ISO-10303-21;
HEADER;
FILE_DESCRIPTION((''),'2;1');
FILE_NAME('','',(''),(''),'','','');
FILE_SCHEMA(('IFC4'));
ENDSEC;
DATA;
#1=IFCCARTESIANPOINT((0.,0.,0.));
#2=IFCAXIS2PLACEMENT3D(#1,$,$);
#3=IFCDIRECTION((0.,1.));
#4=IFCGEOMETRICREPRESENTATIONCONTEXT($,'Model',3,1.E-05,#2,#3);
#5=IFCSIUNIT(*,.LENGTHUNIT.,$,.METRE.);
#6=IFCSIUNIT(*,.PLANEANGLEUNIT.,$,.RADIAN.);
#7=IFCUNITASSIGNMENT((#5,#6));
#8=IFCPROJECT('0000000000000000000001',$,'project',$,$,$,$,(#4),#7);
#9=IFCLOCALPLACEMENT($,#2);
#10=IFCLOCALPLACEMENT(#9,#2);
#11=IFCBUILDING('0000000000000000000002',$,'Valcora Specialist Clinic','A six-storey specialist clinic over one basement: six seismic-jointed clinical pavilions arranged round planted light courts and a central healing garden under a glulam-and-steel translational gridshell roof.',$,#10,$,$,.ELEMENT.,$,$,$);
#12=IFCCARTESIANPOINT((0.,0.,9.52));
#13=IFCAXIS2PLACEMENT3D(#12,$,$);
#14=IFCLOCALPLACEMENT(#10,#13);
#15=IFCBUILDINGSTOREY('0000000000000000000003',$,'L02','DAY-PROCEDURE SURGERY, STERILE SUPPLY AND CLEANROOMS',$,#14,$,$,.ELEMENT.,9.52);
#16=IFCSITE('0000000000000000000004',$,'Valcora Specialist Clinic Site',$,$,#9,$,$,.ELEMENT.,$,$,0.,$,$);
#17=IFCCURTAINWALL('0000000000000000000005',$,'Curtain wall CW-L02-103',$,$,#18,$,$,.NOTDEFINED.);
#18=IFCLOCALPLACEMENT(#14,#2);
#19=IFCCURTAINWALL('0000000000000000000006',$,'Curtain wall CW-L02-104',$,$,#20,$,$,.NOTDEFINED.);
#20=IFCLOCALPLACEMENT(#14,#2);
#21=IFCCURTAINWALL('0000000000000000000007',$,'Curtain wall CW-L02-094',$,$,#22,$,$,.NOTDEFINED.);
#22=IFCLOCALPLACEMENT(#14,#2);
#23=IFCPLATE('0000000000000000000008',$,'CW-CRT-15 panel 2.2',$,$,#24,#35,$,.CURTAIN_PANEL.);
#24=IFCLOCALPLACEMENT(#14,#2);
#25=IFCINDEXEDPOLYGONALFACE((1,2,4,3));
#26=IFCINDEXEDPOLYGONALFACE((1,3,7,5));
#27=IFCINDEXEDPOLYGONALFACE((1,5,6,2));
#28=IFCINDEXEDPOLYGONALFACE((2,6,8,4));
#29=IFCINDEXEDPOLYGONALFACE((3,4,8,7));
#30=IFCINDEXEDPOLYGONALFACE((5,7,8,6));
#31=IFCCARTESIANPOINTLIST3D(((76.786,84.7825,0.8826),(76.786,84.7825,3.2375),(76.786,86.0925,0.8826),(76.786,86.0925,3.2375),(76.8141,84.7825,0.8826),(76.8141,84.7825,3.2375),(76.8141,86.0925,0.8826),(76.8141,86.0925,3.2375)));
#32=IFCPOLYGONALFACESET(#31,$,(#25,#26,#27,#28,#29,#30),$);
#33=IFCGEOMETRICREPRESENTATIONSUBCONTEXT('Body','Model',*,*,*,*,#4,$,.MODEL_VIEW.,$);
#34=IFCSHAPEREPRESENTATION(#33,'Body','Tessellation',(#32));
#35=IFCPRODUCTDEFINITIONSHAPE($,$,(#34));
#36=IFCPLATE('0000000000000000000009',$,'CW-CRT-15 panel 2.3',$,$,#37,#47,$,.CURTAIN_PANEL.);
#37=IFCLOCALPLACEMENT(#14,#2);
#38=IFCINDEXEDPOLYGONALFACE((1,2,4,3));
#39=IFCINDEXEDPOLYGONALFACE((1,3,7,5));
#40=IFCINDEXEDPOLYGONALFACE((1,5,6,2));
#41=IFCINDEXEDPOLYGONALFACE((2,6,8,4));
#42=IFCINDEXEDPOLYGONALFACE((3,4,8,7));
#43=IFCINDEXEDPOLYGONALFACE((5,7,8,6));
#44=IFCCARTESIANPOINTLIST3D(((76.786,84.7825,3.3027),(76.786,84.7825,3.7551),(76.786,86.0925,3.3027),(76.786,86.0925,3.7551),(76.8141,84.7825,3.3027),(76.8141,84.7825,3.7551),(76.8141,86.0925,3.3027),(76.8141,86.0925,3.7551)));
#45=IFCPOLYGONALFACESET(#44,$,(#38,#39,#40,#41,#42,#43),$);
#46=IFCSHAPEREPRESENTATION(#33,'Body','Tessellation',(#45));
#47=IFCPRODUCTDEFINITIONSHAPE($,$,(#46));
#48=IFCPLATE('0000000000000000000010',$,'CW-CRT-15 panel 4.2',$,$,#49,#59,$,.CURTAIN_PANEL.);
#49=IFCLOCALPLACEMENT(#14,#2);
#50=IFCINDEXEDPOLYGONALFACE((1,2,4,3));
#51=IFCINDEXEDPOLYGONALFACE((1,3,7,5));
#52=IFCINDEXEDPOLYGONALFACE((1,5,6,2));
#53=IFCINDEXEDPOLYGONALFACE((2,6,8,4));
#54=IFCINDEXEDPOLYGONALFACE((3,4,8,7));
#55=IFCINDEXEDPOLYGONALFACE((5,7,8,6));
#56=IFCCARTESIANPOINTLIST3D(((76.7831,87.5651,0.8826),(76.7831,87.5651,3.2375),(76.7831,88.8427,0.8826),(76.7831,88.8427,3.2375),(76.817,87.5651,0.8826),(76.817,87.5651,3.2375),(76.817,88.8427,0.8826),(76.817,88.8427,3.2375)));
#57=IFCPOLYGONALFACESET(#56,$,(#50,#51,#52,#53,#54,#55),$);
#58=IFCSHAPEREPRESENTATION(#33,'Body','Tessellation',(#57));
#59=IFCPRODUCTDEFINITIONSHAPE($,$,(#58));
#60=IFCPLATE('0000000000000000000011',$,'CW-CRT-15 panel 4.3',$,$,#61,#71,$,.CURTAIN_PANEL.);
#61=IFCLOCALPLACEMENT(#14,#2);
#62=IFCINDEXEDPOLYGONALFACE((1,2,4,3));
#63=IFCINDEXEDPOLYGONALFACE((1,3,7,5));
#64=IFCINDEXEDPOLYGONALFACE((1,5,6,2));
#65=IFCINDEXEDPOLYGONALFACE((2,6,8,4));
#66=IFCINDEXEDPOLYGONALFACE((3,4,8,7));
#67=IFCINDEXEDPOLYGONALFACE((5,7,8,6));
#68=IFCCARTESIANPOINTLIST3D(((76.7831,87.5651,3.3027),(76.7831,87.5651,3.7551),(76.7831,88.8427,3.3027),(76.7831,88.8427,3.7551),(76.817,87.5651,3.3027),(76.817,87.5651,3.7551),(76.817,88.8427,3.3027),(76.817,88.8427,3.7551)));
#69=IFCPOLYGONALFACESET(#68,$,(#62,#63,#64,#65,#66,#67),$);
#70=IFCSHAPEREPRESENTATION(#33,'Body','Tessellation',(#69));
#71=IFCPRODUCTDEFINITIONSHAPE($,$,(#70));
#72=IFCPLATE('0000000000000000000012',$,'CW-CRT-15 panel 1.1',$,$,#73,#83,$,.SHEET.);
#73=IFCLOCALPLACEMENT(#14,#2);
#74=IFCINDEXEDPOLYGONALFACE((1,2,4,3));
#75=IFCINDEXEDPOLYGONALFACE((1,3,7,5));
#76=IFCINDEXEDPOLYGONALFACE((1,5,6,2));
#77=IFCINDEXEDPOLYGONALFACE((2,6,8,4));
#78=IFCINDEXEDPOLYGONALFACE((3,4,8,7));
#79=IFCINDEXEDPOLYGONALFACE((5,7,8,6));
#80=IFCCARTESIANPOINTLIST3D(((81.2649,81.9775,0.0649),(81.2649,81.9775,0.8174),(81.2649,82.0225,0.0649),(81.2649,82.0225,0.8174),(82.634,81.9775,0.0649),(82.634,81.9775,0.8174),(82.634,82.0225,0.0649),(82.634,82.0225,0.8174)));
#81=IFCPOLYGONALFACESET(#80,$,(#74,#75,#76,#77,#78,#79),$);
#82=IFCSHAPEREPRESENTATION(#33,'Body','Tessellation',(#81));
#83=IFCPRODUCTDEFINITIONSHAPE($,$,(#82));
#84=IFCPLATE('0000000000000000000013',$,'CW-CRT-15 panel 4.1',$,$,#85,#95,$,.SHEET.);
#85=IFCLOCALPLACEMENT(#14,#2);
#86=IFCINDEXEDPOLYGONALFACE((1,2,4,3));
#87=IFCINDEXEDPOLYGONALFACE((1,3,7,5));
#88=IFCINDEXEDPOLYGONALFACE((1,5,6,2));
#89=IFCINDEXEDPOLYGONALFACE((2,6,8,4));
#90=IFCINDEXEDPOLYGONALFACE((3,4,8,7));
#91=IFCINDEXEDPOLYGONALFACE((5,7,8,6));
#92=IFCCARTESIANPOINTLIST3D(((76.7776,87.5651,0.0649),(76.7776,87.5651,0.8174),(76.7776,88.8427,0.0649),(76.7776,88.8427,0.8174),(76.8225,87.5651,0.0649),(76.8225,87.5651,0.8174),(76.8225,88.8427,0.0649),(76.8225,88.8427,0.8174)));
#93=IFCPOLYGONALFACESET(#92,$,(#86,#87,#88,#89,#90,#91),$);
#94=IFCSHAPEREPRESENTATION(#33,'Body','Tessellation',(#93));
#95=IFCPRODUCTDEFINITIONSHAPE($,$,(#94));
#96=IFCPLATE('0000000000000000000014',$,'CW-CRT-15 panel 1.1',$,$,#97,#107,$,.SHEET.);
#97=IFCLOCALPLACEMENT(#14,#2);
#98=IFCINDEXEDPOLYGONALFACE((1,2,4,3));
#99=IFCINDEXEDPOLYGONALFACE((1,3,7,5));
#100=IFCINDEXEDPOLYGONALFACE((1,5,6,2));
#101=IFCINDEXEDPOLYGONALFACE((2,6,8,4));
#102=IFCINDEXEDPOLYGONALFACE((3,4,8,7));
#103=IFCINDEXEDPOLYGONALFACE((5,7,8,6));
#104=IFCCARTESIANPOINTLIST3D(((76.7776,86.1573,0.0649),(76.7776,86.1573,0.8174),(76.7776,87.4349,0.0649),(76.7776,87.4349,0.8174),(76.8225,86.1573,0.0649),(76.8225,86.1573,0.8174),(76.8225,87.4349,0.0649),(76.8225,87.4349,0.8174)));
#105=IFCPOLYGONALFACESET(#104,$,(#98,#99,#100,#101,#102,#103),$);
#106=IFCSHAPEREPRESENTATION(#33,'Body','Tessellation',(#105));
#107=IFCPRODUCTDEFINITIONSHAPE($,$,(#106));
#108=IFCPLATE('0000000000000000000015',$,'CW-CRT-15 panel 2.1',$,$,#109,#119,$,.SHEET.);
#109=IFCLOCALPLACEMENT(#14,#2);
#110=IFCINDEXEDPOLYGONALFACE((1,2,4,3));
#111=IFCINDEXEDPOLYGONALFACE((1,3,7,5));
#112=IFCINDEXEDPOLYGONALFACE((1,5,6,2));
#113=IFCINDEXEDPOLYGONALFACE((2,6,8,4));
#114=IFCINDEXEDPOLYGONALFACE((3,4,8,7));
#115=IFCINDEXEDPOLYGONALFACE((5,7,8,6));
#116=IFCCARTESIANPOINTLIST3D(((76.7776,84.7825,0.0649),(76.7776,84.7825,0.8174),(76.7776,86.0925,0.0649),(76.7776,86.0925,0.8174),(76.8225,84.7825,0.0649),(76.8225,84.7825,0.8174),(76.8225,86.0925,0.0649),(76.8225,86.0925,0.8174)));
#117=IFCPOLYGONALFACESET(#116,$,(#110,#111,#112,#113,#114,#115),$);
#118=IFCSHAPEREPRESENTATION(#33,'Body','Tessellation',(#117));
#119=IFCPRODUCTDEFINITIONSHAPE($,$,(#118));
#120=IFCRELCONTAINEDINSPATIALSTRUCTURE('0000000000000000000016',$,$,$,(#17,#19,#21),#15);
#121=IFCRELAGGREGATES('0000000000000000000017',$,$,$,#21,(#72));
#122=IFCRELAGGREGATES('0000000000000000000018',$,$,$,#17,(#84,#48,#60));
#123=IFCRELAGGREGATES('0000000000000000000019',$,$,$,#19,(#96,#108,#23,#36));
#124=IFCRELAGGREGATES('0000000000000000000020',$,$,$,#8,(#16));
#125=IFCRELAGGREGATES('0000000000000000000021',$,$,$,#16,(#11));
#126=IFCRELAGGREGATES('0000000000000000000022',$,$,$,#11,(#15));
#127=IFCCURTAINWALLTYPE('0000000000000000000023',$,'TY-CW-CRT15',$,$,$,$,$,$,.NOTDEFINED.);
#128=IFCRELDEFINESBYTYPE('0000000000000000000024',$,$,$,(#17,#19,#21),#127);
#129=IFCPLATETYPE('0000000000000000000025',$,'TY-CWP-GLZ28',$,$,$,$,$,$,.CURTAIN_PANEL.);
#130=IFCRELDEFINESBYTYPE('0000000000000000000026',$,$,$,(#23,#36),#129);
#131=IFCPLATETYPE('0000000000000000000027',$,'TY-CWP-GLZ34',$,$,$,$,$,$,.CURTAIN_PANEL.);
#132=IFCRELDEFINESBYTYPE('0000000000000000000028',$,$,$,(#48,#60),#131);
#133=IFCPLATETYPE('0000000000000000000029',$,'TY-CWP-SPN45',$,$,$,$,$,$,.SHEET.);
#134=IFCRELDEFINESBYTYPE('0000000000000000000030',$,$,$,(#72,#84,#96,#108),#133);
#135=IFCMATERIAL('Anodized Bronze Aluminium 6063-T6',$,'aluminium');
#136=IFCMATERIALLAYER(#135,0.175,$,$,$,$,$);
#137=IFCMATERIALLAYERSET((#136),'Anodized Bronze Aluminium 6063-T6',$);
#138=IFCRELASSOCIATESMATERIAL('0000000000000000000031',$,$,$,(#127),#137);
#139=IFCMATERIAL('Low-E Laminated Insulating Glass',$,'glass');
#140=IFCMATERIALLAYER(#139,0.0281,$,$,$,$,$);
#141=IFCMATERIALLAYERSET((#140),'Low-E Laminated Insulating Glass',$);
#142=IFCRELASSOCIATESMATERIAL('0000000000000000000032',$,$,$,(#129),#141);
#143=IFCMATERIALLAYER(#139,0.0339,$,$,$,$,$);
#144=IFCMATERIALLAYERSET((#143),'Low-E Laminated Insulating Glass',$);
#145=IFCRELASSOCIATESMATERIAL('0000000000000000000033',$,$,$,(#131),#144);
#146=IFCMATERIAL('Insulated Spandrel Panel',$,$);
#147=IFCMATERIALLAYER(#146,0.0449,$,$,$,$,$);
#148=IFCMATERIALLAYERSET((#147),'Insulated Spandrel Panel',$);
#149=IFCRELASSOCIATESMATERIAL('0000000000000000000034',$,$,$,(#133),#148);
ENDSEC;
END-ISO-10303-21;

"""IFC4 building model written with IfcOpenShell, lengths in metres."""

from ifc_helpers import new_model, si_unit, direction, frame, origin, origin_2d, place, context, subcontext, project, spatial, rectangle, extrude, material, layer, layer_set, type_object, element, aggregate, save


model = new_model("IFC4")

# Units and contexts
model_context = context("Model", 3, precision=1e-05, world=origin(), true_north=direction((0.0, 1.0)))
body_context = subcontext(model_context, "Body", "Model", "MODEL_VIEW")
ifc_project = project(units=[si_unit("LENGTHUNIT", "METRE"), si_unit("PLANEANGLEUNIT", "RADIAN")], contexts=[model_context])

# Site, building, storey
site_placement = place(None, origin())
site = spatial("IfcSite", under=ifc_project, at=site_placement, Name="Valcora Specialist Clinic Site", CompositionType="ELEMENT", RefElevation=0.0)
building_placement = place(site_placement, origin())
building = spatial("IfcBuilding", under=site, at=building_placement, Name="Valcora Specialist Clinic", Description="A six-storey specialist clinic over one basement: six seismic-jointed clinical pavilions arranged round planted light courts and a central healing garden under a glulam-and-steel translational gridshell roof.", CompositionType="ELEMENT")
storey_placement = place(building_placement, frame((0.0, 0.0, 9.52)))
storey = spatial("IfcBuildingStorey", under=building, at=storey_placement, Name="L02", Description="DAY-PROCEDURE SURGERY, STERILE SUPPLY AND CLEANROOMS", CompositionType="ELEMENT", Elevation=9.52)

# Curtain walls
ifc_material_1 = material(Name="Anodized Bronze Aluminium 6063-T6", Category="aluminium")
ifc_layer_1 = layer(ifc_material_1, 0.175)
ifc_layer_set_1 = layer_set([ifc_layer_1], Name="Anodized Bronze Aluminium 6063-T6")
curtain_wall_type = type_object("IfcCurtainWallType", Name="TY-CW-CRT15", PredefinedType="NOTDEFINED", material=ifc_layer_set_1)
curtain_wall_1_placement = place(storey_placement, origin())
curtain_wall_1 = element("IfcCurtainWall", 1, at=curtain_wall_1_placement, inside=storey, type_object=curtain_wall_type, Name="Curtain wall CW-L02-103", PredefinedType="NOTDEFINED")
curtain_wall_2_placement = place(storey_placement, origin())
curtain_wall_2 = element("IfcCurtainWall", 2, at=curtain_wall_2_placement, inside=storey, type_object=curtain_wall_type, Name="Curtain wall CW-L02-104", PredefinedType="NOTDEFINED")

# Curtain wall
curtain_wall_3_placement = place(storey_placement, origin())
curtain_wall_3 = element("IfcCurtainWall", 3, at=curtain_wall_3_placement, inside=storey, type_object=curtain_wall_type, Name="Curtain wall CW-L02-094", PredefinedType="NOTDEFINED")

# Plates
ifc_material_2 = material(Name="Low-E Laminated Insulating Glass", Category="glass")
ifc_layer_2 = layer(ifc_material_2, 0.0281)
ifc_layer_set_2 = layer_set([ifc_layer_2], Name="Low-E Laminated Insulating Glass")
plate_type_1 = type_object("IfcPlateType", Name="TY-CWP-GLZ28", PredefinedType="CURTAIN_PANEL", material=ifc_layer_set_2)
plate_1_placement = place(storey_placement, frame((76.8, 85.4375, 0.8826), z_axis=(0.0, 0.0, 1.0), x_axis=(0.0, -1.0, 0.0)))
plate_1 = element("IfcPlate", 4, at=plate_1_placement, type_object=plate_type_1, Name="CW-CRT-15 panel 2.2", PredefinedType="CURTAIN_PANEL", context=body_context, shape_type="SweptSolid", body=[
    extrude(rectangle(XDim=1.3101, YDim=0.0281, at=origin_2d()), origin(), (0.0, 0.0, 1.0), 2.355),
])
plate_2_placement = place(storey_placement, frame((76.8, 85.4375, 3.3027), z_axis=(0.0, 0.0, 1.0), x_axis=(0.0, -1.0, 0.0)))
plate_2 = element("IfcPlate", 5, at=plate_2_placement, type_object=plate_type_1, Name="CW-CRT-15 panel 2.3", PredefinedType="CURTAIN_PANEL", context=body_context, shape_type="SweptSolid", body=[
    extrude(rectangle(XDim=1.3101, YDim=0.0281, at=origin_2d()), origin(), (0.0, 0.0, 1.0), 0.4524),
])
ifc_layer_3 = layer(ifc_material_2, 0.0339)
ifc_layer_set_3 = layer_set([ifc_layer_3], Name="Low-E Laminated Insulating Glass")
plate_type_2 = type_object("IfcPlateType", Name="TY-CWP-GLZ34", PredefinedType="CURTAIN_PANEL", material=ifc_layer_set_3)
plate_3_placement = place(storey_placement, frame((76.8, 88.2039, 0.8826), z_axis=(0.0, 0.0, 1.0), x_axis=(0.0, -1.0, 0.0)))
plate_3 = element("IfcPlate", 6, at=plate_3_placement, type_object=plate_type_2, Name="CW-CRT-15 panel 4.2", PredefinedType="CURTAIN_PANEL", context=body_context, shape_type="SweptSolid", body=[
    extrude(rectangle(XDim=1.2776, YDim=0.0339, at=origin_2d()), origin(), (0.0, 0.0, 1.0), 2.355),
])
plate_4_placement = place(storey_placement, frame((76.8, 88.2039, 3.3027), z_axis=(0.0, 0.0, 1.0), x_axis=(0.0, -1.0, 0.0)))
plate_4 = element("IfcPlate", 7, at=plate_4_placement, type_object=plate_type_2, Name="CW-CRT-15 panel 4.3", PredefinedType="CURTAIN_PANEL", context=body_context, shape_type="SweptSolid", body=[
    extrude(rectangle(XDim=1.2776, YDim=0.0339, at=origin_2d()), origin(), (0.0, 0.0, 1.0), 0.4524),
])
ifc_material_3 = material(Name="Insulated Spandrel Panel")
ifc_layer_4 = layer(ifc_material_3, 0.0449)
ifc_layer_set_4 = layer_set([ifc_layer_4], Name="Insulated Spandrel Panel")
plate_type_3 = type_object("IfcPlateType", Name="TY-CWP-SPN45", PredefinedType="SHEET", material=ifc_layer_set_4)
plate_5_placement = place(storey_placement, frame((81.9495, 82.0, 0.0649), z_axis=(0.0, 0.0, 1.0), x_axis=(1.0, 0.0, 0.0)))
plate_5 = element("IfcPlate", 8, at=plate_5_placement, type_object=plate_type_3, Name="CW-CRT-15 panel 1.1", PredefinedType="SHEET", context=body_context, shape_type="SweptSolid", body=[
    extrude(rectangle(XDim=1.3691, YDim=0.0449, at=origin_2d()), origin(), (0.0, 0.0, 1.0), 0.7524),
])
aggregate(curtain_wall_3, [plate_5])
plate_6_placement = place(storey_placement, frame((76.8, 88.2039, 0.0649), z_axis=(0.0, 0.0, 1.0), x_axis=(0.0, -1.0, 0.0)))
plate_6 = element("IfcPlate", 9, at=plate_6_placement, type_object=plate_type_3, Name="CW-CRT-15 panel 4.1", PredefinedType="SHEET", context=body_context, shape_type="SweptSolid", body=[
    extrude(rectangle(XDim=1.2776, YDim=0.0449, at=origin_2d()), origin(), (0.0, 0.0, 1.0), 0.7524),
])
aggregate(curtain_wall_1, [plate_6, plate_3, plate_4])
plate_7_placement = place(storey_placement, frame((76.8, 86.7961, 0.0649), z_axis=(0.0, 0.0, 1.0), x_axis=(0.0, -1.0, 0.0)))
plate_7 = element("IfcPlate", 10, at=plate_7_placement, type_object=plate_type_3, Name="CW-CRT-15 panel 1.1", PredefinedType="SHEET", context=body_context, shape_type="SweptSolid", body=[
    extrude(rectangle(XDim=1.2776, YDim=0.0449, at=origin_2d()), origin(), (0.0, 0.0, 1.0), 0.7524),
])
plate_8_placement = place(storey_placement, frame((76.8, 85.4375, 0.0649), z_axis=(0.0, 0.0, 1.0), x_axis=(0.0, -1.0, 0.0)))
plate_8 = element("IfcPlate", 11, at=plate_8_placement, type_object=plate_type_3, Name="CW-CRT-15 panel 2.1", PredefinedType="SHEET", context=body_context, shape_type="SweptSolid", body=[
    extrude(rectangle(XDim=1.3101, YDim=0.0449, at=origin_2d()), origin(), (0.0, 0.0, 1.0), 0.7524),
])
aggregate(curtain_wall_2, [plate_7, plate_8, plate_1, plate_2])

save(model, "model.ifc")
